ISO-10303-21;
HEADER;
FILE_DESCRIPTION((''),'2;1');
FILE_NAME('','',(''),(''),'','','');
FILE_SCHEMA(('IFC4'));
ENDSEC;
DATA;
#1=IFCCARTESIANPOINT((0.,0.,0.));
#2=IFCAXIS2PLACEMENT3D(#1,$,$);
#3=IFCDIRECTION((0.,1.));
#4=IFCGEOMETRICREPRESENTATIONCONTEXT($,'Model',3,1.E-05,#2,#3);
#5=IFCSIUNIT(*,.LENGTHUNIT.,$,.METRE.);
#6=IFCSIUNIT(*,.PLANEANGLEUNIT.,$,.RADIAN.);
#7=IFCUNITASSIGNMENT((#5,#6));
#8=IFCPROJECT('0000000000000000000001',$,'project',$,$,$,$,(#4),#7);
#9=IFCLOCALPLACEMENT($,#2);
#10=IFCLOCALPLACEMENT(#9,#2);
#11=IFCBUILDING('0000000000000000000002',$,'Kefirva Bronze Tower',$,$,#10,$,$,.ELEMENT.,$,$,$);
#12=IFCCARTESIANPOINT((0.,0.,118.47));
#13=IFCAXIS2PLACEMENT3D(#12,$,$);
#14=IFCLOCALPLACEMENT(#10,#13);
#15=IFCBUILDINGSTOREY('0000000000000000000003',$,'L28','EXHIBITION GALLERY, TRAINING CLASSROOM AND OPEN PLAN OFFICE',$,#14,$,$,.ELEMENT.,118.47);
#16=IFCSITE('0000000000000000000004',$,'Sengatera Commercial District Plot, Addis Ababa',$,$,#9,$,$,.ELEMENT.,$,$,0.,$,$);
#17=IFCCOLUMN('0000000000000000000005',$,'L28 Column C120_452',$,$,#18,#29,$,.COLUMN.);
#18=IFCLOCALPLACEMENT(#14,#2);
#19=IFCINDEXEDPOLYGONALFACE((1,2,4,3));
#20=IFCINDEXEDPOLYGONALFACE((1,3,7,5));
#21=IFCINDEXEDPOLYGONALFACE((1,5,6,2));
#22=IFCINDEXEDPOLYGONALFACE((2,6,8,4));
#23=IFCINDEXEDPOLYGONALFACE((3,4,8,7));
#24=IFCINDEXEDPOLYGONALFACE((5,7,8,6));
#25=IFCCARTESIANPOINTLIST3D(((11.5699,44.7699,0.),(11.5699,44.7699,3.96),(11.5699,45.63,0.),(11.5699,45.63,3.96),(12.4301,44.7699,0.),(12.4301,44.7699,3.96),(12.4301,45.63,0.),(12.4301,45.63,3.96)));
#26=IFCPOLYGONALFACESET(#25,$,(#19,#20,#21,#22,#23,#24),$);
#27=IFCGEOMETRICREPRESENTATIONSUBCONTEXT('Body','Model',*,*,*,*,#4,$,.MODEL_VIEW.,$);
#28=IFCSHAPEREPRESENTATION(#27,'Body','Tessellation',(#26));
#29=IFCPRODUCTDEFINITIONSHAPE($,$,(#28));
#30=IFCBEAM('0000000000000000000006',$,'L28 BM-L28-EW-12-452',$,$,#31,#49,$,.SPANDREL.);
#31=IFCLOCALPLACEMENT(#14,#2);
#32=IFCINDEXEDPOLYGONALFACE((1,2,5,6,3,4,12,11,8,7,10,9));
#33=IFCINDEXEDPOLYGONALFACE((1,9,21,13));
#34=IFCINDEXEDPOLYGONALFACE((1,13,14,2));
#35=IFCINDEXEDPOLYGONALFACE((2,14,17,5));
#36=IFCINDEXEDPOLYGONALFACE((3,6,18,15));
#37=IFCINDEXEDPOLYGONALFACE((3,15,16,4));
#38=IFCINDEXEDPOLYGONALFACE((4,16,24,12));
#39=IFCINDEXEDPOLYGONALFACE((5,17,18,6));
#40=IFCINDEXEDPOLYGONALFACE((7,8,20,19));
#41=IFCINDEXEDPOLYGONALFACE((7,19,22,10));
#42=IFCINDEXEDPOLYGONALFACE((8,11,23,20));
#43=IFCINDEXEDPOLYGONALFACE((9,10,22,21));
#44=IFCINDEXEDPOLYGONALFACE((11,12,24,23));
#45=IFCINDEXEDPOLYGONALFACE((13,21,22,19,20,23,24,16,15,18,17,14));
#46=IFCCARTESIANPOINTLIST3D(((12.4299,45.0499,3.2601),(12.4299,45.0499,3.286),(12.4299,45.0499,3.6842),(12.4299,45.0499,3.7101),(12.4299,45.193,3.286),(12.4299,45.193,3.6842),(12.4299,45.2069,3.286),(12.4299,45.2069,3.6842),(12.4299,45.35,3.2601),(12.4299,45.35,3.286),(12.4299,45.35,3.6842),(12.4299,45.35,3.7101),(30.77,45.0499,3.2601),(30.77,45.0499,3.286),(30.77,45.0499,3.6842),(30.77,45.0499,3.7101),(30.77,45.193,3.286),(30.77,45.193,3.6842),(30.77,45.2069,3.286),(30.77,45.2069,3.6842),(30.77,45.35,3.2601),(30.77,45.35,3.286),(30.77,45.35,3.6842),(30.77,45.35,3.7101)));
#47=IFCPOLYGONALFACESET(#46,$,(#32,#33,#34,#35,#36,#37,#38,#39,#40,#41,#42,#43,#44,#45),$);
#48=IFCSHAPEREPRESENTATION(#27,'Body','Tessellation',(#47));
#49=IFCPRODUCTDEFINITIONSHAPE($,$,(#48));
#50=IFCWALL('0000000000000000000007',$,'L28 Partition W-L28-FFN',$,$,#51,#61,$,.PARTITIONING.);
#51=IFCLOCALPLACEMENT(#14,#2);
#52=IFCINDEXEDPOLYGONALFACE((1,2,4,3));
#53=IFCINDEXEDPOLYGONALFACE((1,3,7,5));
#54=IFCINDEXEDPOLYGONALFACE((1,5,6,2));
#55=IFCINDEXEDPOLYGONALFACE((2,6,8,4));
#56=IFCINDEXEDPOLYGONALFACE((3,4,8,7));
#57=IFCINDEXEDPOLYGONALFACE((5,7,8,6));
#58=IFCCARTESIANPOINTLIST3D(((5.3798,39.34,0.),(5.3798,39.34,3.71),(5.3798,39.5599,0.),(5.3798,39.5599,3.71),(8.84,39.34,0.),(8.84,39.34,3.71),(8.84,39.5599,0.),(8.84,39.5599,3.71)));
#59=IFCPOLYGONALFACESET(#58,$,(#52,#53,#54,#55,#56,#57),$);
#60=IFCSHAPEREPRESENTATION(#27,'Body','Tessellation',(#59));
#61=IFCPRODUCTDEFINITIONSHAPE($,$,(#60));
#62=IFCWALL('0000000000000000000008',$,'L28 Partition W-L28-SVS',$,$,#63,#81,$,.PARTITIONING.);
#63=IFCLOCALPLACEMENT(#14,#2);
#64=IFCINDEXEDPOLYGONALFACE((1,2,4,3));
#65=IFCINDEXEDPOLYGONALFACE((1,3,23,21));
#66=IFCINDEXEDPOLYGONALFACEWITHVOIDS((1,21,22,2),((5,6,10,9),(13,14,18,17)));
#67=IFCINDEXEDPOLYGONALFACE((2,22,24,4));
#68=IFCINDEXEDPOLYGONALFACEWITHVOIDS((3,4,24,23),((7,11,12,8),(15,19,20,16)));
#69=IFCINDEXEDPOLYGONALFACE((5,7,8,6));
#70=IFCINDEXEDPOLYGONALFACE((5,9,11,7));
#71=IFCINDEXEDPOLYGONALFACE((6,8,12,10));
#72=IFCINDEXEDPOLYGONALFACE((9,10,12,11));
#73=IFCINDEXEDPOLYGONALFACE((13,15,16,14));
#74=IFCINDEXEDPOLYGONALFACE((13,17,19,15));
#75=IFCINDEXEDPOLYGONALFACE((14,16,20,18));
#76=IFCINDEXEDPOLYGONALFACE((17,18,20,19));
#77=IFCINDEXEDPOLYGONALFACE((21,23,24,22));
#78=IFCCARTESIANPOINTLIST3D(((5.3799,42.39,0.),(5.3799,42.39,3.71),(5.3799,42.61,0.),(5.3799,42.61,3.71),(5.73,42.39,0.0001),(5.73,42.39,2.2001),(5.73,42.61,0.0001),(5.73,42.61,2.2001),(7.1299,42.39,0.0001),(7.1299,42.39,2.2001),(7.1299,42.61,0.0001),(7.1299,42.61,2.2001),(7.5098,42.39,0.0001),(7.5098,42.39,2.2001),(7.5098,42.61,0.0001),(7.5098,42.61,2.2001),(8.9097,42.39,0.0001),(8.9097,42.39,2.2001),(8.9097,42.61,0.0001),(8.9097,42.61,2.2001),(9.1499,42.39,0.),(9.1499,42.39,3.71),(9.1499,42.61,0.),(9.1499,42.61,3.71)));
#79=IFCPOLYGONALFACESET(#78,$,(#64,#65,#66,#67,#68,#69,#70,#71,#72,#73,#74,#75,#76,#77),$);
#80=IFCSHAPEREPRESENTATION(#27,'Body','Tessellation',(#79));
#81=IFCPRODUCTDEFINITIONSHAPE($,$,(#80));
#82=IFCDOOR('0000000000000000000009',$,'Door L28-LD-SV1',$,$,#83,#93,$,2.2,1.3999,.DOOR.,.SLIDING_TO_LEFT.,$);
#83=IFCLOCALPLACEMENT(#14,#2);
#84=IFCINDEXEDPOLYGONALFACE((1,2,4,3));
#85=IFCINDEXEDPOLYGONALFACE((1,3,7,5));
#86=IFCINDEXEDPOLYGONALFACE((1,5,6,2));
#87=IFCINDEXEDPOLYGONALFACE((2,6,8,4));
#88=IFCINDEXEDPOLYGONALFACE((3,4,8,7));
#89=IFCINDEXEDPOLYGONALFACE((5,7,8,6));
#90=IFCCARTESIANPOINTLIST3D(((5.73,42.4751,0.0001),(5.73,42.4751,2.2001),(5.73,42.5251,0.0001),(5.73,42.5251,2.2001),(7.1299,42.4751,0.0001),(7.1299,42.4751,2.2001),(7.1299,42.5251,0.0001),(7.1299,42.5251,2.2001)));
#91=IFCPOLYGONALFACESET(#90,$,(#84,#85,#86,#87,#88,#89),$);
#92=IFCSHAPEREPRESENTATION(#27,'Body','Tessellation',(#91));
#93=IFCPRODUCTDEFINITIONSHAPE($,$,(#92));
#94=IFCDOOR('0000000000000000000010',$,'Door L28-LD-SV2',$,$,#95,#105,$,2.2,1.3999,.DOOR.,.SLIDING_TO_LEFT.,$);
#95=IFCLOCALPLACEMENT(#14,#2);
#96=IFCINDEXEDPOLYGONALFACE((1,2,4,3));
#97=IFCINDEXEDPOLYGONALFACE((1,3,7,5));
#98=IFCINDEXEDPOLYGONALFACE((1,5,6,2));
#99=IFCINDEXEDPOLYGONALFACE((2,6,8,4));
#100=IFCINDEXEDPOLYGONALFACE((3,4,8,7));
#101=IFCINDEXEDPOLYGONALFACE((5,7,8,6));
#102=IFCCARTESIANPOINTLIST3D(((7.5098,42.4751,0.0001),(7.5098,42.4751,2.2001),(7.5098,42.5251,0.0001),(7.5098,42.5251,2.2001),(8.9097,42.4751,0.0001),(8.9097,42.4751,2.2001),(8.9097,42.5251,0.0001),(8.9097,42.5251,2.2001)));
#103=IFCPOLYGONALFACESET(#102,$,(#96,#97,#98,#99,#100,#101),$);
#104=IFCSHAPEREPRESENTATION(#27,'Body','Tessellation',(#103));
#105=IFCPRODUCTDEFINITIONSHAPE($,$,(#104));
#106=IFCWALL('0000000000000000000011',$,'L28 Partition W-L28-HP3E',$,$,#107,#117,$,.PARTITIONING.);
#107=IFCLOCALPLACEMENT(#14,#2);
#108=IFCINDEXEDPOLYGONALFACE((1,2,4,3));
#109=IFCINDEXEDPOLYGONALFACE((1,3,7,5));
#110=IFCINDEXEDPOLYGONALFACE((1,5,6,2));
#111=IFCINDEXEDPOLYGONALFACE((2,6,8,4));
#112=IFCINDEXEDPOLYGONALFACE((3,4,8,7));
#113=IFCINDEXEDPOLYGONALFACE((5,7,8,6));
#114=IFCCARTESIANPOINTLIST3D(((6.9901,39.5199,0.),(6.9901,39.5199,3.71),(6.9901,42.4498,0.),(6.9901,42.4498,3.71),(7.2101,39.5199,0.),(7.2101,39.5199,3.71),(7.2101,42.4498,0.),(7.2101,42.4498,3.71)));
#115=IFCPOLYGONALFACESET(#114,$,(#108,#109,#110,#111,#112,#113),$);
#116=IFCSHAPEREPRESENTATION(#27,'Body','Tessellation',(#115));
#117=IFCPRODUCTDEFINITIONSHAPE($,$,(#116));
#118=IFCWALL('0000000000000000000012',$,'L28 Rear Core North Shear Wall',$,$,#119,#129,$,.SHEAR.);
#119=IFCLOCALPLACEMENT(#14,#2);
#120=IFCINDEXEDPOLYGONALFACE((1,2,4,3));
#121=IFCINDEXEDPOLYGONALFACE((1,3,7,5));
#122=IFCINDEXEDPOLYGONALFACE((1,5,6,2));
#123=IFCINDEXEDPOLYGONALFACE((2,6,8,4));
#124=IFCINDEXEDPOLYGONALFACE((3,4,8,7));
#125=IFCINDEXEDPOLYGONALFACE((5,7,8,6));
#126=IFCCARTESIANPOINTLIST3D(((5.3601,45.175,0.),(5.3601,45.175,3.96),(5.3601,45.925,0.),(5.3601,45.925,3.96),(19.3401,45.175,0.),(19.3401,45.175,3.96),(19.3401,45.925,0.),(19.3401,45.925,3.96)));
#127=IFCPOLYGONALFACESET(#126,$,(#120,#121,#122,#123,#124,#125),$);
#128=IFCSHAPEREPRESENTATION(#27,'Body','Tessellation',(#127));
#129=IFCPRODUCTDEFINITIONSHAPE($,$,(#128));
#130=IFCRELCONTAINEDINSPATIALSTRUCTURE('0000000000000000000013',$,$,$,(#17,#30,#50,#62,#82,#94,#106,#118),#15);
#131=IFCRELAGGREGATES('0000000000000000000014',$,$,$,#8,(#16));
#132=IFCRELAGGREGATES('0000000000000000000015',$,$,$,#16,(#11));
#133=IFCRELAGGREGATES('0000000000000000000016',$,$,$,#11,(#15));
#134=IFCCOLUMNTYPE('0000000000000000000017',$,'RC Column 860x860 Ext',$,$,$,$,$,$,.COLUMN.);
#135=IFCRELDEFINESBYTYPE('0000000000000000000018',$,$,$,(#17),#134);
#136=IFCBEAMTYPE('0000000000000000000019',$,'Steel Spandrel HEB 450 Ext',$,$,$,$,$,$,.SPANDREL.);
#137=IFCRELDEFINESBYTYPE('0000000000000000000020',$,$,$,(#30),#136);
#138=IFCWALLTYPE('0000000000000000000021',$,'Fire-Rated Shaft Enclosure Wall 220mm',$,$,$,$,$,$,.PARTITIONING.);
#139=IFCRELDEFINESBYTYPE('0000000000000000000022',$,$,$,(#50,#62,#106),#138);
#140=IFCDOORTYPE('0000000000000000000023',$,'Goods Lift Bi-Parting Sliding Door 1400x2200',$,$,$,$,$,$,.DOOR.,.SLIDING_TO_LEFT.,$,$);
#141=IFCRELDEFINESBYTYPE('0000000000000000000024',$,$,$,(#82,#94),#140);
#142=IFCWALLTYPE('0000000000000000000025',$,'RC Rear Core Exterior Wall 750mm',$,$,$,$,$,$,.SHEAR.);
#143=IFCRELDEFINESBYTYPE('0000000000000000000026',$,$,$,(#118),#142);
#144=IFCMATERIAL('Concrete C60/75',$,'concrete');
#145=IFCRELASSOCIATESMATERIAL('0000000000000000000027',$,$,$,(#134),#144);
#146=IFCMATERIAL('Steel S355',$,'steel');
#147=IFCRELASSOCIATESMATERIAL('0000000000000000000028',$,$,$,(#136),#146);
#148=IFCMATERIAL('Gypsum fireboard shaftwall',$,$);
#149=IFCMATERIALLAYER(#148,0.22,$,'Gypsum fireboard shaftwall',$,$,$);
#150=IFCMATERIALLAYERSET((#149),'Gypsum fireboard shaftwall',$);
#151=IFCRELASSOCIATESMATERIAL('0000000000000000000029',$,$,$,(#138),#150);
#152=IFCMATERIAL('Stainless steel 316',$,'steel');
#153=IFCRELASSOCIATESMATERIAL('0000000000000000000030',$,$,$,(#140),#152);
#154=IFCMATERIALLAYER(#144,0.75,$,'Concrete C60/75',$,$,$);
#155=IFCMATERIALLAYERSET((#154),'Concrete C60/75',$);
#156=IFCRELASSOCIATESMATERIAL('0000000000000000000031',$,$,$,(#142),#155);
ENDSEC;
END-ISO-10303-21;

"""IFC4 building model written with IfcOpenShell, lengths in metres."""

from ifc_helpers import new_model, si_unit, direction, frame, frame_2d, origin, origin_2d, place, context, subcontext, project, spatial, rectangle, i_section, extrude, material, layer, layer_set, material_profile, profile_set, type_object, element, fill, save


model = new_model("IFC4")

# Units and contexts
model_context = context("Model", 3, precision=1e-05, world=origin(), true_north=direction((0.0, 1.0)))
body_context = subcontext(model_context, "Body", "Model", "MODEL_VIEW")
ifc_project = project(units=[si_unit("LENGTHUNIT", "METRE"), si_unit("PLANEANGLEUNIT", "RADIAN")], contexts=[model_context])

# Site, building, storey
site_placement = place(None, origin())
site = spatial("IfcSite", under=ifc_project, at=site_placement, Name="Sengatera Commercial District Plot, Addis Ababa", CompositionType="ELEMENT", RefElevation=0.0)
building_placement = place(site_placement, origin())
building = spatial("IfcBuilding", under=site, at=building_placement, Name="Kefirva Bronze Tower", CompositionType="ELEMENT")
storey_placement = place(building_placement, frame((0.0, 0.0, 118.47)))
storey = spatial("IfcBuildingStorey", under=building, at=storey_placement, Name="L28", Description="EXHIBITION GALLERY, TRAINING CLASSROOM AND OPEN PLAN OFFICE", CompositionType="ELEMENT", Elevation=118.47)

# Column
ifc_material_1 = material(Name="Concrete C60/75", Category="concrete")
ifc_material_profile_1 = material_profile(ifc_material_1, rectangle(XDim=0.8601, YDim=0.8601, at=origin_2d()), Name="RC 860x860")
ifc_profile_set_1 = profile_set([ifc_material_profile_1], Name="Concrete C60/75")
column_type = type_object("IfcColumnType", Name="RC Column 860x860 Ext", PredefinedType="COLUMN", material=ifc_profile_set_1)
column_placement = place(storey_placement, frame((12.0, 45.2, 0.0), z_axis=(0.0, 0.0, 1.0), x_axis=(1.0, 0.0, 0.0)))
element("IfcColumn", 1, at=column_placement, inside=storey, type_object=column_type, Name="L28 Column C120_452", PredefinedType="COLUMN", context=body_context, shape_type="SweptSolid", body=[
    extrude(rectangle(XDim=0.8601, YDim=0.8601, at=origin_2d()), origin(), (0.0, 0.0, 1.0), 3.96),
])

# Beam
ifc_material_2 = material(Name="Steel S355", Category="steel")
ifc_material_profile_2 = material_profile(ifc_material_2, i_section(OverallWidth=0.3, OverallDepth=0.45, WebThickness=0.0139, FlangeThickness=0.0259, at=origin_2d()), Name="HEB 450")
ifc_profile_set_2 = profile_set([ifc_material_profile_2], Name="Steel S355")
beam_type = type_object("IfcBeamType", Name="Steel Spandrel HEB 450 Ext", PredefinedType="SPANDREL", material=ifc_profile_set_2)
beam_placement = place(storey_placement, frame((12.4299, 45.2, 3.4851), z_axis=(1.0, 0.0, 0.0), x_axis=(0.0, 1.0, 0.0)))
element("IfcBeam", 2, at=beam_placement, inside=storey, type_object=beam_type, Name="L28 BM-L28-EW-12-452", PredefinedType="SPANDREL", context=body_context, shape_type="SweptSolid", body=[
    extrude(i_section(OverallWidth=0.3, OverallDepth=0.45, WebThickness=0.0139, FlangeThickness=0.0259, at=origin_2d()), origin(), (0.0, 0.0, 1.0), 18.3401),
])

# Wall
ifc_material_3 = material(Name="Gypsum fireboard shaftwall")
ifc_layer_1 = layer(ifc_material_3, 0.22, Name="Gypsum fireboard shaftwall")
ifc_layer_set_1 = layer_set([ifc_layer_1], Name="Gypsum fireboard shaftwall")
wall_type_1 = type_object("IfcWallType", Name="Fire-Rated Shaft Enclosure Wall 220mm", PredefinedType="PARTITIONING", material=ifc_layer_set_1)
wall_1_placement = place(storey_placement, frame((5.3799, 39.45, 0.0), z_axis=(0.0, 0.0, 1.0), x_axis=(1.0, 0.0, 0.0)))
element("IfcWall", 3, at=wall_1_placement, inside=storey, type_object=wall_type_1, Name="L28 Partition W-L28-FFN", PredefinedType="PARTITIONING", context=body_context, shape_type="SweptSolid", body=[
    extrude(rectangle(XDim=3.4602, YDim=0.22, at=frame_2d((1.73, 0.0))), origin(), (0.0, 0.0, 1.0), 3.71),
])

# Wall, openings, doors
wall_2_placement = place(storey_placement, frame((5.3799, 42.5, 0.0), z_axis=(0.0, 0.0, 1.0), x_axis=(1.0, 0.0, 0.0)))
wall_2 = element("IfcWall", 4, at=wall_2_placement, inside=storey, type_object=wall_type_1, Name="L28 Partition W-L28-SVS", PredefinedType="PARTITIONING", context=body_context, shape_type="SweptSolid", body=[
    extrude(rectangle(XDim=3.77, YDim=0.22, at=frame_2d((1.885, 0.0))), origin(), (0.0, 0.0, 1.0), 3.71),
])
opening_1_placement = place(wall_2_placement, frame((1.75, 0.0, 0.0), z_axis=(0.0, 0.0, 1.0), x_axis=(-1.0, 0.0, 0.0)))
opening_1 = element("IfcOpeningElement", 5, at=opening_1_placement, cuts=wall_2, PredefinedType="OPENING", context=body_context, shape_type="SweptSolid", body=[
    extrude(rectangle(XDim=1.3999, YDim=2.2, at=frame_2d((0.7, 1.1001))), frame((0.0, 0.1201, 0.0), z_axis=(0.0, -1.0, 0.0), x_axis=(1.0, 0.0, 0.0)), (0.0, 0.0, 1.0), 0.24),
])
opening_2_placement = place(wall_2_placement, frame((3.5298, 0.0, 0.0), z_axis=(0.0, 0.0, 1.0), x_axis=(-1.0, 0.0, 0.0)))
opening_2 = element("IfcOpeningElement", 6, at=opening_2_placement, cuts=wall_2, PredefinedType="OPENING", context=body_context, shape_type="SweptSolid", body=[
    extrude(rectangle(XDim=1.3999, YDim=2.2, at=frame_2d((0.7, 1.1001))), frame((0.0, 0.1201, 0.0), z_axis=(0.0, -1.0, 0.0), x_axis=(1.0, 0.0, 0.0)), (0.0, 0.0, 1.0), 0.24),
])
ifc_material_4 = material(Name="Stainless steel 316", Category="steel")
door_type_1 = type_object("IfcDoorType", Name="Goods Lift Bi-Parting Sliding Door 1400x2200", OperationType="SLIDING_TO_LEFT", PredefinedType="DOOR", material=ifc_material_4)
door_1_placement = place(opening_1_placement, origin())
door_1 = element("IfcDoor", 7, at=door_1_placement, inside=storey, type_object=door_type_1, Name="Door L28-LD-SV1", OperationType="SLIDING_TO_LEFT", OverallHeight=2.2, OverallWidth=1.3999, PredefinedType="DOOR", context=body_context, shape_type="SweptSolid", body=[
    extrude(rectangle(XDim=1.3999, YDim=2.2, at=frame_2d((0.7, 1.1001))), frame((0.0, 0.0249, 0.0), z_axis=(0.0, -1.0, 0.0), x_axis=(1.0, 0.0, 0.0)), (0.0, 0.0, 1.0), 0.05),
])
fill(opening_1, door_1)
door_2_placement = place(opening_2_placement, origin())
door_2 = element("IfcDoor", 8, at=door_2_placement, inside=storey, type_object=door_type_1, Name="Door L28-LD-SV2", OperationType="SLIDING_TO_LEFT", OverallHeight=2.2, OverallWidth=1.3999, PredefinedType="DOOR", context=body_context, shape_type="SweptSolid", body=[
    extrude(rectangle(XDim=1.3999, YDim=2.2, at=frame_2d((0.7, 1.1001))), frame((0.0, 0.0249, 0.0), z_axis=(0.0, -1.0, 0.0), x_axis=(1.0, 0.0, 0.0)), (0.0, 0.0, 1.0), 0.05),
])
fill(opening_2, door_2)

# Walls
wall_3_placement = place(storey_placement, frame((7.1001, 39.52, 0.0), z_axis=(0.0, 0.0, 1.0), x_axis=(0.0, 1.0, 0.0)))
element("IfcWall", 9, at=wall_3_placement, inside=storey, type_object=wall_type_1, Name="L28 Partition W-L28-HP3E", PredefinedType="PARTITIONING", context=body_context, shape_type="SweptSolid", body=[
    extrude(rectangle(XDim=2.9299, YDim=0.22, at=frame_2d((1.4648, 0.0))), origin(), (0.0, 0.0, 1.0), 3.71),
])
ifc_layer_2 = layer(ifc_material_1, 0.75, Name="Concrete C60/75")
ifc_layer_set_2 = layer_set([ifc_layer_2], Name="Concrete C60/75")
wall_type_2 = type_object("IfcWallType", Name="RC Rear Core Exterior Wall 750mm", PredefinedType="SHEAR", material=ifc_layer_set_2)
wall_4_placement = place(storey_placement, frame((5.3601, 45.55, 0.0), z_axis=(0.0, 0.0, 1.0), x_axis=(1.0, 0.0, 0.0)))
element("IfcWall", 10, at=wall_4_placement, inside=storey, type_object=wall_type_2, Name="L28 Rear Core North Shear Wall", PredefinedType="SHEAR", context=body_context, shape_type="SweptSolid", body=[
    extrude(rectangle(XDim=13.98, YDim=0.75, at=frame_2d((6.99, 0.0))), origin(), (0.0, 0.0, 1.0), 3.96),
])

save(model, "model.ifc")
